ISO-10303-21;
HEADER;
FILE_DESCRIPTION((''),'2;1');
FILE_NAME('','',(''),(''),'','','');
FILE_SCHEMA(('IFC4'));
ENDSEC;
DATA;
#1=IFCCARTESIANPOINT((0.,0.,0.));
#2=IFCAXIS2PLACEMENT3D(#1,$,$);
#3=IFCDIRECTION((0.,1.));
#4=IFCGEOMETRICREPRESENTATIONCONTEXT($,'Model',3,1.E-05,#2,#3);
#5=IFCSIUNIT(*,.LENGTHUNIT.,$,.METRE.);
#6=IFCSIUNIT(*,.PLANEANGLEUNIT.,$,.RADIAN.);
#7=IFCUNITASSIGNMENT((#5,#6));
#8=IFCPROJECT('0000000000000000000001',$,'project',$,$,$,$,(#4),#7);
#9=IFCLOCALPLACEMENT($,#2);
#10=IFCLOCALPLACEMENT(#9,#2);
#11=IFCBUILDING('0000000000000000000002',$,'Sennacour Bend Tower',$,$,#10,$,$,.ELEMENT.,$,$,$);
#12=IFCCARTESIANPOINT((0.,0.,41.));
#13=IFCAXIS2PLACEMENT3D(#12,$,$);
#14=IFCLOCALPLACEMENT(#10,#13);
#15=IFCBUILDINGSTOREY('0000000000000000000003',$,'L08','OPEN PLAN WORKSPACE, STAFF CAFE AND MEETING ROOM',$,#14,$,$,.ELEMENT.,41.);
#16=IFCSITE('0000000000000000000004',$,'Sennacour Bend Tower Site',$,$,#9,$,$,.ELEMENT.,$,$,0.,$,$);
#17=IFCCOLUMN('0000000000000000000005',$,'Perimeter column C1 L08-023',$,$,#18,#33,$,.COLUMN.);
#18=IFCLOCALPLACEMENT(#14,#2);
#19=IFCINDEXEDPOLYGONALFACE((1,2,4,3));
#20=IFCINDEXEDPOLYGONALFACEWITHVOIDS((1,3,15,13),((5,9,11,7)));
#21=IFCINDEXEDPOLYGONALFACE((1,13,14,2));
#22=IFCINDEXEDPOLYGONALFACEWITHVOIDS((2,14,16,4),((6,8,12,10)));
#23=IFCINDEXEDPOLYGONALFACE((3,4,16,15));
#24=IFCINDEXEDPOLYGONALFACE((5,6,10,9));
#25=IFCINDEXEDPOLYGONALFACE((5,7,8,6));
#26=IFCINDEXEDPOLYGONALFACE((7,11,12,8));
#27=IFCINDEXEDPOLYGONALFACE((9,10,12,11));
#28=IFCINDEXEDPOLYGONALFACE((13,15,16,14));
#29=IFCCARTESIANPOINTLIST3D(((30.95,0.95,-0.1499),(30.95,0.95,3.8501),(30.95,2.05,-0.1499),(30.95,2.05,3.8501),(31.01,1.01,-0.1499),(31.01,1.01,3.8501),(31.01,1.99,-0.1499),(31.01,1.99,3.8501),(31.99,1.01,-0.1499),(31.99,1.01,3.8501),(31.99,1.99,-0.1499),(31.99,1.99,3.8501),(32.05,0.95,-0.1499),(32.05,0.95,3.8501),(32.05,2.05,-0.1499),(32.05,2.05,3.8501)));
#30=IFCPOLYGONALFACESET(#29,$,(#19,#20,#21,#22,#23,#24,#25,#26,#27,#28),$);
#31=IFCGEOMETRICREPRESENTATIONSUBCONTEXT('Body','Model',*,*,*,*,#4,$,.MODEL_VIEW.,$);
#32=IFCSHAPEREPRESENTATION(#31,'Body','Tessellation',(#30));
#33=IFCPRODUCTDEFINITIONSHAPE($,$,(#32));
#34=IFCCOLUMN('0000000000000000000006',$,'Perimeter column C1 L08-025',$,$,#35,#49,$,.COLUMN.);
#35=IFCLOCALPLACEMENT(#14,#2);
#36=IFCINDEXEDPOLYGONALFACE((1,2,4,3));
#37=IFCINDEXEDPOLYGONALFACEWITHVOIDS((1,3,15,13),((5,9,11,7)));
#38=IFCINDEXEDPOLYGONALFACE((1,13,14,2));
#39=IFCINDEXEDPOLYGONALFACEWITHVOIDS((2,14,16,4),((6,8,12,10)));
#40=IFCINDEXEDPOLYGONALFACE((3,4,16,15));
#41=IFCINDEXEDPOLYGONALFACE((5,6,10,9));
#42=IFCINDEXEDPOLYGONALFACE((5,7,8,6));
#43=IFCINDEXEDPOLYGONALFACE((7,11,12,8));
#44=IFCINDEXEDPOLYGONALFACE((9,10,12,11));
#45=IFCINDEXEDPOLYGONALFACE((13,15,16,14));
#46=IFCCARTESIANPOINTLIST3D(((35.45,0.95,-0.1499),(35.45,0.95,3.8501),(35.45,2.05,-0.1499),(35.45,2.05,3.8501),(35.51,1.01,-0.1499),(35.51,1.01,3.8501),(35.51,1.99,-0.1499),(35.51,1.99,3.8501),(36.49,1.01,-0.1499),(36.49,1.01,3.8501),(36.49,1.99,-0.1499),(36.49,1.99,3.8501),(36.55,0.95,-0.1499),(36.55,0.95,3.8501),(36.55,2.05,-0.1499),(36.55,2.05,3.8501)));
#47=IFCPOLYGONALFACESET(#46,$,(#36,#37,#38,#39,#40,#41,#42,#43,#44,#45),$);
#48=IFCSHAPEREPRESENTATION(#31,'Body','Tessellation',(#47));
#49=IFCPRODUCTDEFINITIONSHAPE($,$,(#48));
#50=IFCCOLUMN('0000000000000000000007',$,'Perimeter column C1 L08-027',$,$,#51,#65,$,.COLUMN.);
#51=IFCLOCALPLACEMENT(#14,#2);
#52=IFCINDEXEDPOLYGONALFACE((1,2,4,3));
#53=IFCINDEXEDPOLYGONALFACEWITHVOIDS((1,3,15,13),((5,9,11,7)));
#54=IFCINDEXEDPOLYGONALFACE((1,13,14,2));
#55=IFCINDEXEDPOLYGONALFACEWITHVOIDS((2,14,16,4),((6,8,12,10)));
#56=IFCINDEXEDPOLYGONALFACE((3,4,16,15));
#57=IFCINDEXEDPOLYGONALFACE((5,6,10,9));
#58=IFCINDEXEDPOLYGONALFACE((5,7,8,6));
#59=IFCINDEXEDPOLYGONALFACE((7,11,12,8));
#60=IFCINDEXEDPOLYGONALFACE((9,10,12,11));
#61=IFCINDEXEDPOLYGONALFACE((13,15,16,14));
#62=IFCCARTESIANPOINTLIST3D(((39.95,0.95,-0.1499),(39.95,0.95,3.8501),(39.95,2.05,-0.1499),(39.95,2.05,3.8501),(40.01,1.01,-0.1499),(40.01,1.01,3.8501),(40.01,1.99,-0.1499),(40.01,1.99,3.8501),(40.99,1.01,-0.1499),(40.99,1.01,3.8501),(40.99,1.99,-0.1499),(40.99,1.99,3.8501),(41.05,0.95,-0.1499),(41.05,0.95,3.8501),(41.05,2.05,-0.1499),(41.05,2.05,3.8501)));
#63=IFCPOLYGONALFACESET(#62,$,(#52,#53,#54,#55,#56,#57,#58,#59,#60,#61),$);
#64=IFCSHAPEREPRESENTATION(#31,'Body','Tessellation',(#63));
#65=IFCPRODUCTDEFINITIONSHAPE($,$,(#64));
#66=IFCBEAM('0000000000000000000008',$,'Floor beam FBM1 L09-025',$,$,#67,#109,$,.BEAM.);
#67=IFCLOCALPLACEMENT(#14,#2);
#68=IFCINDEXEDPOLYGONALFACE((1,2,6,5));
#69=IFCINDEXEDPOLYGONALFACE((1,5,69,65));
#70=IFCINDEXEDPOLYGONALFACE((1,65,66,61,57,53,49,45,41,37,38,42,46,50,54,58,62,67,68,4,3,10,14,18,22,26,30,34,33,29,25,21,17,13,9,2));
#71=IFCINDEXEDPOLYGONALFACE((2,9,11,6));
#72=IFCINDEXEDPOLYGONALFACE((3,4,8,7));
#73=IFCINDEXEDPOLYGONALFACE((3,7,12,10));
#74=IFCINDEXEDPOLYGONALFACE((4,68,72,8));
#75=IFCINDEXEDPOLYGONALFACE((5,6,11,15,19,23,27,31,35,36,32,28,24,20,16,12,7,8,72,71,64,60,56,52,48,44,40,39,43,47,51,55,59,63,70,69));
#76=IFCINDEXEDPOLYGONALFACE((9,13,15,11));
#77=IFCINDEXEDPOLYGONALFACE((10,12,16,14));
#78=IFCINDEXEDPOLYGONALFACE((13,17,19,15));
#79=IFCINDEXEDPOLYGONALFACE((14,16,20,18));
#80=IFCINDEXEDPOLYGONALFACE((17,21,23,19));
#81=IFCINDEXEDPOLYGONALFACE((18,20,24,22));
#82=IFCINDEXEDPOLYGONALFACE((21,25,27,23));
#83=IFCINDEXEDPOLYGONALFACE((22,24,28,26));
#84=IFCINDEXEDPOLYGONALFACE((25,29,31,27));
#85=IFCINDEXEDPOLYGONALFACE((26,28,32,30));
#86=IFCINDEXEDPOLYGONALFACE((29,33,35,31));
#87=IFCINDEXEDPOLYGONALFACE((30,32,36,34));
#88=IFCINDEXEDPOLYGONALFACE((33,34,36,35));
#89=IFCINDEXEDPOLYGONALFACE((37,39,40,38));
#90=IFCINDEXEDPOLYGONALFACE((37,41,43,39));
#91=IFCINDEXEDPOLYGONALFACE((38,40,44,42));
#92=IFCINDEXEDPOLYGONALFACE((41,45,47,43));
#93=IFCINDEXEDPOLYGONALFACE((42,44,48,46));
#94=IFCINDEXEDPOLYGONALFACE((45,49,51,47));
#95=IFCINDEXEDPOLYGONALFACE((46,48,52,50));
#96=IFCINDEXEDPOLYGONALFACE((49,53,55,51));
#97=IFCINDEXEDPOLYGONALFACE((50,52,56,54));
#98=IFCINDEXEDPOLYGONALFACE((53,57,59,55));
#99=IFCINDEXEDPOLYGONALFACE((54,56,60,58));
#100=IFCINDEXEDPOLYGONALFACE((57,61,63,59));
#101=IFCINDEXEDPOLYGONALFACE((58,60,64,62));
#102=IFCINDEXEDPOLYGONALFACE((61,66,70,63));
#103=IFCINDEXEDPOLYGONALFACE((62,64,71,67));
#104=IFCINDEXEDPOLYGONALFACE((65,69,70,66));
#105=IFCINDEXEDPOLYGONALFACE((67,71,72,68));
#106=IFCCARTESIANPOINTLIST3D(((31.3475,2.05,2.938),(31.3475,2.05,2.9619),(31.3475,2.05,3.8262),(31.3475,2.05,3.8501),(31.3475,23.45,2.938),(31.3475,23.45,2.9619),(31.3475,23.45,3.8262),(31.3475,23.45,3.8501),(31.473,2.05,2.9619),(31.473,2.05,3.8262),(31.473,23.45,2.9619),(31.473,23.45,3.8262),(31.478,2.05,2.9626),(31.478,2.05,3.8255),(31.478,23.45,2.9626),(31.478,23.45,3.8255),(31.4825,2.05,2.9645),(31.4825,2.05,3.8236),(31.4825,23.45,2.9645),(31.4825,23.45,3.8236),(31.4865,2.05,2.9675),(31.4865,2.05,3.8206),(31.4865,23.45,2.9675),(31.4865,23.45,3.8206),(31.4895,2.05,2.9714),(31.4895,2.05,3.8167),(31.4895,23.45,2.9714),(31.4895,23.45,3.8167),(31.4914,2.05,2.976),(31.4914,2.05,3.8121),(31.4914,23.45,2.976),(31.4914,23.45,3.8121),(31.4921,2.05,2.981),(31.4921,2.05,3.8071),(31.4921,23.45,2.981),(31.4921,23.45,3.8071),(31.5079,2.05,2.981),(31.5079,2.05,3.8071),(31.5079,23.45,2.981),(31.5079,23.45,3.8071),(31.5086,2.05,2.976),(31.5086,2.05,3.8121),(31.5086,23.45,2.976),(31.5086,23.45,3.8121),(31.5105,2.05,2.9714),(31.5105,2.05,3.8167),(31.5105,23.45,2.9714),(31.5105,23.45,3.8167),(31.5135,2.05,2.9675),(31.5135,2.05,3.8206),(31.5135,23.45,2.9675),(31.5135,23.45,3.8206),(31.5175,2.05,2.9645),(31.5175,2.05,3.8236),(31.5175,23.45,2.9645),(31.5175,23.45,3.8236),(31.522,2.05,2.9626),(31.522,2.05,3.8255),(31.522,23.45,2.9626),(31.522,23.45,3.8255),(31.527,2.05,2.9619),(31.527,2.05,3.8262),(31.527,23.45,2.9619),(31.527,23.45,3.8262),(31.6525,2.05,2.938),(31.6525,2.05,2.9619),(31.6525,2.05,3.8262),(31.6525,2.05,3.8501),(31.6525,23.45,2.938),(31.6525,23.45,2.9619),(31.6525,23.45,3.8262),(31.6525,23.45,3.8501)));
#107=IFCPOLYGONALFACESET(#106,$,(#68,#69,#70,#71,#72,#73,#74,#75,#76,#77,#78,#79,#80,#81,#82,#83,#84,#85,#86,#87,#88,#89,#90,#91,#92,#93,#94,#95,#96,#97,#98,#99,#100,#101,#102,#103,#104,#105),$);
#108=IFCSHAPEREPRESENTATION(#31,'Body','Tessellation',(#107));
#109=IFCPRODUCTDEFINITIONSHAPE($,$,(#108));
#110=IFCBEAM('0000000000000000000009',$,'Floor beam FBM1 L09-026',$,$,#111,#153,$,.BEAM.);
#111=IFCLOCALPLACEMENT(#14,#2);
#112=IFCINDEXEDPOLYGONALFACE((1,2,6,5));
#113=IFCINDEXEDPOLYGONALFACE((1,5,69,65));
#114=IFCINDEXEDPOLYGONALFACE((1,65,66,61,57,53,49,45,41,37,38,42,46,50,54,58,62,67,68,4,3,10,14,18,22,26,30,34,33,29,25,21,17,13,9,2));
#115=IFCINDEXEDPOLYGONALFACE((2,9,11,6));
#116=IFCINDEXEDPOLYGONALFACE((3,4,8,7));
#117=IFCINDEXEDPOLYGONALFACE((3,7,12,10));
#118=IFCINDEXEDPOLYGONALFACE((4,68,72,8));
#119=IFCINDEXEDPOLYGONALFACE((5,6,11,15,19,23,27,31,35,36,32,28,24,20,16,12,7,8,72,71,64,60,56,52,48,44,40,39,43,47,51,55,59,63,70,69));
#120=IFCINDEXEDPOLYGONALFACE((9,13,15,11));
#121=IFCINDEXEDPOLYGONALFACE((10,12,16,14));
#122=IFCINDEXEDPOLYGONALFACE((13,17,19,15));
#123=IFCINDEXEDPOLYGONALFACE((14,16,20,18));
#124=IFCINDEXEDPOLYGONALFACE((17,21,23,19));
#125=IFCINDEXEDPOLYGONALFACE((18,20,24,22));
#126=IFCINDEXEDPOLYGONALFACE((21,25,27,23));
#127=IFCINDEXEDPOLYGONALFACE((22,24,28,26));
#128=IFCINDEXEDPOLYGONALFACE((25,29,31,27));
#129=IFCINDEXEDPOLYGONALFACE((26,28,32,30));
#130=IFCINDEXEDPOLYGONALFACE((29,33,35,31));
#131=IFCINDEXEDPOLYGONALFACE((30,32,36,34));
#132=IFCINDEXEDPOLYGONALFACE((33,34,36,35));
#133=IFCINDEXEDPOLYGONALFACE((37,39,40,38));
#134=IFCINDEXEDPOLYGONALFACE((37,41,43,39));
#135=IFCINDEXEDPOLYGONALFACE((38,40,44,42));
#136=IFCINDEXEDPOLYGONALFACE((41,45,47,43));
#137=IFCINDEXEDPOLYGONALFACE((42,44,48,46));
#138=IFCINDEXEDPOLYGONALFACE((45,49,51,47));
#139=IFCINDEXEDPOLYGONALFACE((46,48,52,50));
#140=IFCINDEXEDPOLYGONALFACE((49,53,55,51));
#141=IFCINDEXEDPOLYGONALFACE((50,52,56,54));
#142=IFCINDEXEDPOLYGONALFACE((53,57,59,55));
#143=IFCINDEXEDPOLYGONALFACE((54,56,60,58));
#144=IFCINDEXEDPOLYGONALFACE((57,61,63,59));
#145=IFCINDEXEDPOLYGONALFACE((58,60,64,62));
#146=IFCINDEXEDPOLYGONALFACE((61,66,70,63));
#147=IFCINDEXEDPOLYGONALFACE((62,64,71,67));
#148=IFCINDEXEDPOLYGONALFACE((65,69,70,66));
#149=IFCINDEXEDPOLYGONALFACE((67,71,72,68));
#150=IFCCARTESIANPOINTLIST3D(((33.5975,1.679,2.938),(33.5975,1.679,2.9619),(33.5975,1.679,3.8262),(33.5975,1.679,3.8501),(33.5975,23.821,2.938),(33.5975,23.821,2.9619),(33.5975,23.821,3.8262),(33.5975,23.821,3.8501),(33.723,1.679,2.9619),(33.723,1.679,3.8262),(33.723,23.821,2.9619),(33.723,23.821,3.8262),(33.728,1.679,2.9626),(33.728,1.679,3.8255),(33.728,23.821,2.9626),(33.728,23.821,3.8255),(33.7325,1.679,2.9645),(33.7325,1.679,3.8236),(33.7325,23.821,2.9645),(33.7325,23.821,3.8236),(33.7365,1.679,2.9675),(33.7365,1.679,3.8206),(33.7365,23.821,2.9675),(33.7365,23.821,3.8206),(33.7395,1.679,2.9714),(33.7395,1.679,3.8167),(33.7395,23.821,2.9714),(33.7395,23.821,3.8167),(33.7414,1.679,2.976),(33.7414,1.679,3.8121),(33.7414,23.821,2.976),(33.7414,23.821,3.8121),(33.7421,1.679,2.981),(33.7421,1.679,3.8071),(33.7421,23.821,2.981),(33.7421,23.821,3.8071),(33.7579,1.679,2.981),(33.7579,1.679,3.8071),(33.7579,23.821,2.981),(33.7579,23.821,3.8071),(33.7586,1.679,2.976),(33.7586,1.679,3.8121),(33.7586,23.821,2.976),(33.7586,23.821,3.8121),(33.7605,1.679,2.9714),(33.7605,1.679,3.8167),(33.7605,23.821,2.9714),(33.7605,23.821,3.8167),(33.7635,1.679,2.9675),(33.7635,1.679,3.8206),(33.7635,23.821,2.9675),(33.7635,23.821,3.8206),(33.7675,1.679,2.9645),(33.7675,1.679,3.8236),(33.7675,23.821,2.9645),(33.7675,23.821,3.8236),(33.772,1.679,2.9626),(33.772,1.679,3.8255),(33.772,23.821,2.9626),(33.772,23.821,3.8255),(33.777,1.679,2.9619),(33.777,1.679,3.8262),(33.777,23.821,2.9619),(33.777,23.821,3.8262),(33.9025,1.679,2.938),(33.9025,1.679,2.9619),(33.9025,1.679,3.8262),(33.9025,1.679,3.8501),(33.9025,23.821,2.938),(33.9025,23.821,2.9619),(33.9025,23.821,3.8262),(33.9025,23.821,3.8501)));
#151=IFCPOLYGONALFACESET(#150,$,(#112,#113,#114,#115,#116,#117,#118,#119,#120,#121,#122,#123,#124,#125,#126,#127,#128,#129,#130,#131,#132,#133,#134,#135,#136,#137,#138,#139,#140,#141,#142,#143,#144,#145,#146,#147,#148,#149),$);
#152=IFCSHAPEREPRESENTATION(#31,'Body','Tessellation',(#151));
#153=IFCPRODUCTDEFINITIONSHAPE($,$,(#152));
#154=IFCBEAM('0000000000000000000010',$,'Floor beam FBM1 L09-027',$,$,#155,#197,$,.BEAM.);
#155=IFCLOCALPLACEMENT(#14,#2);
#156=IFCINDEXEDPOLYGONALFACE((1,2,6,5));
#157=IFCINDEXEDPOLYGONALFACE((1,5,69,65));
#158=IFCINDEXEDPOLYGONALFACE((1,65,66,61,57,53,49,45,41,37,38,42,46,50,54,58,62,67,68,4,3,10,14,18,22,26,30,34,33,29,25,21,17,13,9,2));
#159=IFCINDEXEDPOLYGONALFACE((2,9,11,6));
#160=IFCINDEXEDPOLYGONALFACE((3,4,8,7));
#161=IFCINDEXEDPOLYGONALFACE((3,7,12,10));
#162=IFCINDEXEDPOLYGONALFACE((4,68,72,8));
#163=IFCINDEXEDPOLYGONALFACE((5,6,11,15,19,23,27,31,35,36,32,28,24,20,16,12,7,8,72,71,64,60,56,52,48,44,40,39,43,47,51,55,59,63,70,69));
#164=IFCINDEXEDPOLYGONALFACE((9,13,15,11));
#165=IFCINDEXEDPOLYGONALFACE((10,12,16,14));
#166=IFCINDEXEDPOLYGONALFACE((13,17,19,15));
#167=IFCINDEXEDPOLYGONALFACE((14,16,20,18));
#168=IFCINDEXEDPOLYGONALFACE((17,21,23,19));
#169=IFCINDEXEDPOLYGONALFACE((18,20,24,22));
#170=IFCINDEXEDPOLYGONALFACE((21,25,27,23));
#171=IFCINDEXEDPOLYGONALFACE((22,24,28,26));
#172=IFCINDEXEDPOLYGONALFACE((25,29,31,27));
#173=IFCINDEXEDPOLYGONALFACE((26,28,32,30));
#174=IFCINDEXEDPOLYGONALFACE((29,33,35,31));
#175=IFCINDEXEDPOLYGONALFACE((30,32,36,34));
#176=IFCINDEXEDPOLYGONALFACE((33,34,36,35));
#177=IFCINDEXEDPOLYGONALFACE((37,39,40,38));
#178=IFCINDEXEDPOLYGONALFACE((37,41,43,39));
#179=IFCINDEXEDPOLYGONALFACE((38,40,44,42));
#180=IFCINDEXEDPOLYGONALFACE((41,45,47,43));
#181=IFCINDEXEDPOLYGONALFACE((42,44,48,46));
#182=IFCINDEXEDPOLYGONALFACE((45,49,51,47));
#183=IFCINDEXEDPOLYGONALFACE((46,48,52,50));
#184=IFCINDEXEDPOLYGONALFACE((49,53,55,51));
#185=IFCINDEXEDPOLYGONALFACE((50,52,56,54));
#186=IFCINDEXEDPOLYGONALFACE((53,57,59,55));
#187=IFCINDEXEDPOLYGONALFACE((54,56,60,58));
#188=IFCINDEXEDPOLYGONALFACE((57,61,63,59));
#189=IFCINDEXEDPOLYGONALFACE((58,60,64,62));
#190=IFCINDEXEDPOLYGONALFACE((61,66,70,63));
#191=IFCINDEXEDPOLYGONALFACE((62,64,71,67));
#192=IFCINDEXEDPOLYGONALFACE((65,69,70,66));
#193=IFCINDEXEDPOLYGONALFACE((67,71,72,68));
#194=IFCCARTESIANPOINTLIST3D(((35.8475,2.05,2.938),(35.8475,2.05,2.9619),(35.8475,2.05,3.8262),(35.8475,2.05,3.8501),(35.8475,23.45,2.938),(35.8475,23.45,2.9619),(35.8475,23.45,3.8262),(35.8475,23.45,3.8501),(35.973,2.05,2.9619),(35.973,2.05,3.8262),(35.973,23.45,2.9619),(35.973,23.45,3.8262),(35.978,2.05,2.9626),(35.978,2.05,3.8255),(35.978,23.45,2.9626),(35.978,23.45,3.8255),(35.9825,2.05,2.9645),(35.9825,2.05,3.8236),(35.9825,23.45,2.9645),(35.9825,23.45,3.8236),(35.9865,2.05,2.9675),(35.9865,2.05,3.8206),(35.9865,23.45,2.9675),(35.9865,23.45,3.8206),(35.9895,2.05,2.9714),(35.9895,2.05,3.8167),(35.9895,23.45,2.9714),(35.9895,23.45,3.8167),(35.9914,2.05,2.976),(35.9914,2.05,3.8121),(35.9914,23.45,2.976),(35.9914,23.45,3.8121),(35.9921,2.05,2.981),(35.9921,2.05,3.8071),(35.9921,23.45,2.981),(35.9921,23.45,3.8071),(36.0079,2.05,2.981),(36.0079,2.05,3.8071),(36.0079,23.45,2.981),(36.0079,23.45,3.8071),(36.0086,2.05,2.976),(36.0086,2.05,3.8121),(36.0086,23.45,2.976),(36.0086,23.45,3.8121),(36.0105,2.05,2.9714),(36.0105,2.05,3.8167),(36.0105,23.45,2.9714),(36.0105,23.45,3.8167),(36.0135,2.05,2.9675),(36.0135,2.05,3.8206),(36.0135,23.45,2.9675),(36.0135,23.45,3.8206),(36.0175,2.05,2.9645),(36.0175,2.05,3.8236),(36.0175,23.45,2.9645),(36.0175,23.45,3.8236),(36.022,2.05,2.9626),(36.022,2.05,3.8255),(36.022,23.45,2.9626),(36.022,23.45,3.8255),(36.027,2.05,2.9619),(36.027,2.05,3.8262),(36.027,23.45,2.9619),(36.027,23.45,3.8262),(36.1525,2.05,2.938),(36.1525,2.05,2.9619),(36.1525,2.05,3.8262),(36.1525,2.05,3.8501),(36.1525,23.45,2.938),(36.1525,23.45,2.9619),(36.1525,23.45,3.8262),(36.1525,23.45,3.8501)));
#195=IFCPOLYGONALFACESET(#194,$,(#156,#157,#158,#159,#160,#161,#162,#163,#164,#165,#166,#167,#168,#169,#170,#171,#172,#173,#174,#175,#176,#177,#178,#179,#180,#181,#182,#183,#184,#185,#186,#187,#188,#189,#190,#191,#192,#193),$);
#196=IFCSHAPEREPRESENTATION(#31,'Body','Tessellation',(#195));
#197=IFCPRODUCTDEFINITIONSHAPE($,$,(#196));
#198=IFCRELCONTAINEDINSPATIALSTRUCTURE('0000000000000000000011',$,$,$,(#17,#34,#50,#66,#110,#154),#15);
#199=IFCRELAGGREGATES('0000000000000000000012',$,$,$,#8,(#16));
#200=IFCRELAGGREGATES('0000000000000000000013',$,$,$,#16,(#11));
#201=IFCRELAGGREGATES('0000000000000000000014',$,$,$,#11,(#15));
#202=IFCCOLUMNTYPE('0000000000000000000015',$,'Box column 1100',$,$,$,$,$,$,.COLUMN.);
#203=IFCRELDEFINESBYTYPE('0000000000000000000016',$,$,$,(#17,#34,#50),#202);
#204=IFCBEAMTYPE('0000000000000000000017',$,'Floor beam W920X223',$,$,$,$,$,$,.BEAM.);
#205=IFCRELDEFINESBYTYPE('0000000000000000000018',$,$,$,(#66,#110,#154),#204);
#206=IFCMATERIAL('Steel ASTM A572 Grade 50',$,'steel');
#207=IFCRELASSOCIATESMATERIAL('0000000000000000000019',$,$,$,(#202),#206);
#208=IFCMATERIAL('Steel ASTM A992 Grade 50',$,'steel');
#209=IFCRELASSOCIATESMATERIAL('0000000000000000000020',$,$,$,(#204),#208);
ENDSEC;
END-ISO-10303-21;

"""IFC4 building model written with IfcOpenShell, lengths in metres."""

from ifc_helpers import new_model, si_unit, direction, frame, origin, origin_2d, place, context, subcontext, project, spatial, hollow_rectangle, i_section, extrude, material, material_profile, profile_set, type_object, element, save


model = new_model("IFC4")

# Units and contexts
model_context = context("Model", 3, precision=1e-05, world=origin(), true_north=direction((0.0, 1.0)))
body_context = subcontext(model_context, "Body", "Model", "MODEL_VIEW")
ifc_project = project(units=[si_unit("LENGTHUNIT", "METRE"), si_unit("PLANEANGLEUNIT", "RADIAN")], contexts=[model_context])

# Site, building, storey
site_placement = place(None, origin())
site = spatial("IfcSite", under=ifc_project, at=site_placement, Name="Sennacour Bend Tower Site", CompositionType="ELEMENT", RefElevation=0.0)
building_placement = place(site_placement, origin())
building = spatial("IfcBuilding", under=site, at=building_placement, Name="Sennacour Bend Tower", CompositionType="ELEMENT")
storey_placement = place(building_placement, frame((0.0, 0.0, 41.0)))
storey = spatial("IfcBuildingStorey", under=building, at=storey_placement, Name="L08", Description="OPEN PLAN WORKSPACE, STAFF CAFE AND MEETING ROOM", CompositionType="ELEMENT", Elevation=41.0)

# Columns
ifc_material_1 = material(Name="Steel ASTM A572 Grade 50", Category="steel")
ifc_material_profile_1 = material_profile(ifc_material_1, hollow_rectangle(XDim=1.1001, YDim=1.1001, WallThickness=0.0601, at=origin_2d()), Name="Steel ASTM A572 Grade 50", Category="steel")
ifc_profile_set_1 = profile_set([ifc_material_profile_1], Name="Steel ASTM A572 Grade 50")
column_type = type_object("IfcColumnType", Name="Box column 1100", PredefinedType="COLUMN", material=ifc_profile_set_1)
for number, where, z_axis, x_axis, name in (
    (1, (31.5, 1.5, -0.1499), (0.0, 0.0, 1.0), (1.0, 0.0, 0.0), "Perimeter column C1 L08-023"),
    (2, (36.0, 1.5, -0.1499), (0.0, 0.0, 1.0), (1.0, 0.0, 0.0), "Perimeter column C1 L08-025"),
    (3, (40.5, 1.5, -0.1499), (0.0, 0.0, 1.0), (1.0, 0.0, 0.0), "Perimeter column C1 L08-027"),
):
    element("IfcColumn", number, at=place(storey_placement, frame(where, z_axis=z_axis, x_axis=x_axis)), inside=storey, type_object=column_type, Name=name, PredefinedType="COLUMN", context=body_context, shape_type="SweptSolid", body=[
        extrude(hollow_rectangle(XDim=1.1001, YDim=1.1001, WallThickness=0.0601, at=origin_2d()), origin(), (0.0, 0.0, 1.0), 4.0),
    ])

# Beams
ifc_material_2 = material(Name="Steel ASTM A992 Grade 50", Category="steel")
ifc_material_profile_2 = material_profile(ifc_material_2, i_section(OverallWidth=0.3049, OverallDepth=0.9121, WebThickness=0.0159, FlangeThickness=0.0239, FilletRadius=0.019, at=origin_2d()), Name="Steel ASTM A992 Grade 50", Category="steel")
ifc_profile_set_2 = profile_set([ifc_material_profile_2], Name="Steel ASTM A992 Grade 50")
beam_type_1 = type_object("IfcBeamType", Name="Floor beam W920X223", PredefinedType="BEAM", material=ifc_profile_set_2)
beam_1_placement = place(storey_placement, frame((31.5, 2.05, 3.394), z_axis=(0.0, 1.0, 0.0), x_axis=(-1.0, 0.0, 0.0)))
element("IfcBeam", 4, at=beam_1_placement, inside=storey, type_object=beam_type_1, Name="Floor beam FBM1 L09-025", PredefinedType="BEAM", context=body_context, shape_type="SweptSolid", body=[
    extrude(i_section(OverallWidth=0.3049, OverallDepth=0.9121, WebThickness=0.0159, FlangeThickness=0.0239, FilletRadius=0.019, at=origin_2d()), origin(), (0.0, 0.0, 1.0), 21.3999),
])
beam_2_placement = place(storey_placement, frame((33.75, 1.679, 3.394), z_axis=(0.0, 1.0, 0.0), x_axis=(-1.0, 0.0, 0.0)))
element("IfcBeam", 5, at=beam_2_placement, inside=storey, type_object=beam_type_1, Name="Floor beam FBM1 L09-026", PredefinedType="BEAM", context=body_context, shape_type="SweptSolid", body=[
    extrude(i_section(OverallWidth=0.3049, OverallDepth=0.9121, WebThickness=0.0159, FlangeThickness=0.0239, FilletRadius=0.019, at=origin_2d()), origin(), (0.0, 0.0, 1.0), 22.1421),
])
beam_3_placement = place(storey_placement, frame((36.0, 2.05, 3.394), z_axis=(0.0, 1.0, 0.0), x_axis=(-1.0, 0.0, 0.0)))
element("IfcBeam", 6, at=beam_3_placement, inside=storey, type_object=beam_type_1, Name="Floor beam FBM1 L09-027", PredefinedType="BEAM", context=body_context, shape_type="SweptSolid", body=[
    extrude(i_section(OverallWidth=0.3049, OverallDepth=0.9121, WebThickness=0.0159, FlangeThickness=0.0239, FilletRadius=0.019, at=origin_2d()), origin(), (0.0, 0.0, 1.0), 21.3999),
])

save(model, "model.ifc")
